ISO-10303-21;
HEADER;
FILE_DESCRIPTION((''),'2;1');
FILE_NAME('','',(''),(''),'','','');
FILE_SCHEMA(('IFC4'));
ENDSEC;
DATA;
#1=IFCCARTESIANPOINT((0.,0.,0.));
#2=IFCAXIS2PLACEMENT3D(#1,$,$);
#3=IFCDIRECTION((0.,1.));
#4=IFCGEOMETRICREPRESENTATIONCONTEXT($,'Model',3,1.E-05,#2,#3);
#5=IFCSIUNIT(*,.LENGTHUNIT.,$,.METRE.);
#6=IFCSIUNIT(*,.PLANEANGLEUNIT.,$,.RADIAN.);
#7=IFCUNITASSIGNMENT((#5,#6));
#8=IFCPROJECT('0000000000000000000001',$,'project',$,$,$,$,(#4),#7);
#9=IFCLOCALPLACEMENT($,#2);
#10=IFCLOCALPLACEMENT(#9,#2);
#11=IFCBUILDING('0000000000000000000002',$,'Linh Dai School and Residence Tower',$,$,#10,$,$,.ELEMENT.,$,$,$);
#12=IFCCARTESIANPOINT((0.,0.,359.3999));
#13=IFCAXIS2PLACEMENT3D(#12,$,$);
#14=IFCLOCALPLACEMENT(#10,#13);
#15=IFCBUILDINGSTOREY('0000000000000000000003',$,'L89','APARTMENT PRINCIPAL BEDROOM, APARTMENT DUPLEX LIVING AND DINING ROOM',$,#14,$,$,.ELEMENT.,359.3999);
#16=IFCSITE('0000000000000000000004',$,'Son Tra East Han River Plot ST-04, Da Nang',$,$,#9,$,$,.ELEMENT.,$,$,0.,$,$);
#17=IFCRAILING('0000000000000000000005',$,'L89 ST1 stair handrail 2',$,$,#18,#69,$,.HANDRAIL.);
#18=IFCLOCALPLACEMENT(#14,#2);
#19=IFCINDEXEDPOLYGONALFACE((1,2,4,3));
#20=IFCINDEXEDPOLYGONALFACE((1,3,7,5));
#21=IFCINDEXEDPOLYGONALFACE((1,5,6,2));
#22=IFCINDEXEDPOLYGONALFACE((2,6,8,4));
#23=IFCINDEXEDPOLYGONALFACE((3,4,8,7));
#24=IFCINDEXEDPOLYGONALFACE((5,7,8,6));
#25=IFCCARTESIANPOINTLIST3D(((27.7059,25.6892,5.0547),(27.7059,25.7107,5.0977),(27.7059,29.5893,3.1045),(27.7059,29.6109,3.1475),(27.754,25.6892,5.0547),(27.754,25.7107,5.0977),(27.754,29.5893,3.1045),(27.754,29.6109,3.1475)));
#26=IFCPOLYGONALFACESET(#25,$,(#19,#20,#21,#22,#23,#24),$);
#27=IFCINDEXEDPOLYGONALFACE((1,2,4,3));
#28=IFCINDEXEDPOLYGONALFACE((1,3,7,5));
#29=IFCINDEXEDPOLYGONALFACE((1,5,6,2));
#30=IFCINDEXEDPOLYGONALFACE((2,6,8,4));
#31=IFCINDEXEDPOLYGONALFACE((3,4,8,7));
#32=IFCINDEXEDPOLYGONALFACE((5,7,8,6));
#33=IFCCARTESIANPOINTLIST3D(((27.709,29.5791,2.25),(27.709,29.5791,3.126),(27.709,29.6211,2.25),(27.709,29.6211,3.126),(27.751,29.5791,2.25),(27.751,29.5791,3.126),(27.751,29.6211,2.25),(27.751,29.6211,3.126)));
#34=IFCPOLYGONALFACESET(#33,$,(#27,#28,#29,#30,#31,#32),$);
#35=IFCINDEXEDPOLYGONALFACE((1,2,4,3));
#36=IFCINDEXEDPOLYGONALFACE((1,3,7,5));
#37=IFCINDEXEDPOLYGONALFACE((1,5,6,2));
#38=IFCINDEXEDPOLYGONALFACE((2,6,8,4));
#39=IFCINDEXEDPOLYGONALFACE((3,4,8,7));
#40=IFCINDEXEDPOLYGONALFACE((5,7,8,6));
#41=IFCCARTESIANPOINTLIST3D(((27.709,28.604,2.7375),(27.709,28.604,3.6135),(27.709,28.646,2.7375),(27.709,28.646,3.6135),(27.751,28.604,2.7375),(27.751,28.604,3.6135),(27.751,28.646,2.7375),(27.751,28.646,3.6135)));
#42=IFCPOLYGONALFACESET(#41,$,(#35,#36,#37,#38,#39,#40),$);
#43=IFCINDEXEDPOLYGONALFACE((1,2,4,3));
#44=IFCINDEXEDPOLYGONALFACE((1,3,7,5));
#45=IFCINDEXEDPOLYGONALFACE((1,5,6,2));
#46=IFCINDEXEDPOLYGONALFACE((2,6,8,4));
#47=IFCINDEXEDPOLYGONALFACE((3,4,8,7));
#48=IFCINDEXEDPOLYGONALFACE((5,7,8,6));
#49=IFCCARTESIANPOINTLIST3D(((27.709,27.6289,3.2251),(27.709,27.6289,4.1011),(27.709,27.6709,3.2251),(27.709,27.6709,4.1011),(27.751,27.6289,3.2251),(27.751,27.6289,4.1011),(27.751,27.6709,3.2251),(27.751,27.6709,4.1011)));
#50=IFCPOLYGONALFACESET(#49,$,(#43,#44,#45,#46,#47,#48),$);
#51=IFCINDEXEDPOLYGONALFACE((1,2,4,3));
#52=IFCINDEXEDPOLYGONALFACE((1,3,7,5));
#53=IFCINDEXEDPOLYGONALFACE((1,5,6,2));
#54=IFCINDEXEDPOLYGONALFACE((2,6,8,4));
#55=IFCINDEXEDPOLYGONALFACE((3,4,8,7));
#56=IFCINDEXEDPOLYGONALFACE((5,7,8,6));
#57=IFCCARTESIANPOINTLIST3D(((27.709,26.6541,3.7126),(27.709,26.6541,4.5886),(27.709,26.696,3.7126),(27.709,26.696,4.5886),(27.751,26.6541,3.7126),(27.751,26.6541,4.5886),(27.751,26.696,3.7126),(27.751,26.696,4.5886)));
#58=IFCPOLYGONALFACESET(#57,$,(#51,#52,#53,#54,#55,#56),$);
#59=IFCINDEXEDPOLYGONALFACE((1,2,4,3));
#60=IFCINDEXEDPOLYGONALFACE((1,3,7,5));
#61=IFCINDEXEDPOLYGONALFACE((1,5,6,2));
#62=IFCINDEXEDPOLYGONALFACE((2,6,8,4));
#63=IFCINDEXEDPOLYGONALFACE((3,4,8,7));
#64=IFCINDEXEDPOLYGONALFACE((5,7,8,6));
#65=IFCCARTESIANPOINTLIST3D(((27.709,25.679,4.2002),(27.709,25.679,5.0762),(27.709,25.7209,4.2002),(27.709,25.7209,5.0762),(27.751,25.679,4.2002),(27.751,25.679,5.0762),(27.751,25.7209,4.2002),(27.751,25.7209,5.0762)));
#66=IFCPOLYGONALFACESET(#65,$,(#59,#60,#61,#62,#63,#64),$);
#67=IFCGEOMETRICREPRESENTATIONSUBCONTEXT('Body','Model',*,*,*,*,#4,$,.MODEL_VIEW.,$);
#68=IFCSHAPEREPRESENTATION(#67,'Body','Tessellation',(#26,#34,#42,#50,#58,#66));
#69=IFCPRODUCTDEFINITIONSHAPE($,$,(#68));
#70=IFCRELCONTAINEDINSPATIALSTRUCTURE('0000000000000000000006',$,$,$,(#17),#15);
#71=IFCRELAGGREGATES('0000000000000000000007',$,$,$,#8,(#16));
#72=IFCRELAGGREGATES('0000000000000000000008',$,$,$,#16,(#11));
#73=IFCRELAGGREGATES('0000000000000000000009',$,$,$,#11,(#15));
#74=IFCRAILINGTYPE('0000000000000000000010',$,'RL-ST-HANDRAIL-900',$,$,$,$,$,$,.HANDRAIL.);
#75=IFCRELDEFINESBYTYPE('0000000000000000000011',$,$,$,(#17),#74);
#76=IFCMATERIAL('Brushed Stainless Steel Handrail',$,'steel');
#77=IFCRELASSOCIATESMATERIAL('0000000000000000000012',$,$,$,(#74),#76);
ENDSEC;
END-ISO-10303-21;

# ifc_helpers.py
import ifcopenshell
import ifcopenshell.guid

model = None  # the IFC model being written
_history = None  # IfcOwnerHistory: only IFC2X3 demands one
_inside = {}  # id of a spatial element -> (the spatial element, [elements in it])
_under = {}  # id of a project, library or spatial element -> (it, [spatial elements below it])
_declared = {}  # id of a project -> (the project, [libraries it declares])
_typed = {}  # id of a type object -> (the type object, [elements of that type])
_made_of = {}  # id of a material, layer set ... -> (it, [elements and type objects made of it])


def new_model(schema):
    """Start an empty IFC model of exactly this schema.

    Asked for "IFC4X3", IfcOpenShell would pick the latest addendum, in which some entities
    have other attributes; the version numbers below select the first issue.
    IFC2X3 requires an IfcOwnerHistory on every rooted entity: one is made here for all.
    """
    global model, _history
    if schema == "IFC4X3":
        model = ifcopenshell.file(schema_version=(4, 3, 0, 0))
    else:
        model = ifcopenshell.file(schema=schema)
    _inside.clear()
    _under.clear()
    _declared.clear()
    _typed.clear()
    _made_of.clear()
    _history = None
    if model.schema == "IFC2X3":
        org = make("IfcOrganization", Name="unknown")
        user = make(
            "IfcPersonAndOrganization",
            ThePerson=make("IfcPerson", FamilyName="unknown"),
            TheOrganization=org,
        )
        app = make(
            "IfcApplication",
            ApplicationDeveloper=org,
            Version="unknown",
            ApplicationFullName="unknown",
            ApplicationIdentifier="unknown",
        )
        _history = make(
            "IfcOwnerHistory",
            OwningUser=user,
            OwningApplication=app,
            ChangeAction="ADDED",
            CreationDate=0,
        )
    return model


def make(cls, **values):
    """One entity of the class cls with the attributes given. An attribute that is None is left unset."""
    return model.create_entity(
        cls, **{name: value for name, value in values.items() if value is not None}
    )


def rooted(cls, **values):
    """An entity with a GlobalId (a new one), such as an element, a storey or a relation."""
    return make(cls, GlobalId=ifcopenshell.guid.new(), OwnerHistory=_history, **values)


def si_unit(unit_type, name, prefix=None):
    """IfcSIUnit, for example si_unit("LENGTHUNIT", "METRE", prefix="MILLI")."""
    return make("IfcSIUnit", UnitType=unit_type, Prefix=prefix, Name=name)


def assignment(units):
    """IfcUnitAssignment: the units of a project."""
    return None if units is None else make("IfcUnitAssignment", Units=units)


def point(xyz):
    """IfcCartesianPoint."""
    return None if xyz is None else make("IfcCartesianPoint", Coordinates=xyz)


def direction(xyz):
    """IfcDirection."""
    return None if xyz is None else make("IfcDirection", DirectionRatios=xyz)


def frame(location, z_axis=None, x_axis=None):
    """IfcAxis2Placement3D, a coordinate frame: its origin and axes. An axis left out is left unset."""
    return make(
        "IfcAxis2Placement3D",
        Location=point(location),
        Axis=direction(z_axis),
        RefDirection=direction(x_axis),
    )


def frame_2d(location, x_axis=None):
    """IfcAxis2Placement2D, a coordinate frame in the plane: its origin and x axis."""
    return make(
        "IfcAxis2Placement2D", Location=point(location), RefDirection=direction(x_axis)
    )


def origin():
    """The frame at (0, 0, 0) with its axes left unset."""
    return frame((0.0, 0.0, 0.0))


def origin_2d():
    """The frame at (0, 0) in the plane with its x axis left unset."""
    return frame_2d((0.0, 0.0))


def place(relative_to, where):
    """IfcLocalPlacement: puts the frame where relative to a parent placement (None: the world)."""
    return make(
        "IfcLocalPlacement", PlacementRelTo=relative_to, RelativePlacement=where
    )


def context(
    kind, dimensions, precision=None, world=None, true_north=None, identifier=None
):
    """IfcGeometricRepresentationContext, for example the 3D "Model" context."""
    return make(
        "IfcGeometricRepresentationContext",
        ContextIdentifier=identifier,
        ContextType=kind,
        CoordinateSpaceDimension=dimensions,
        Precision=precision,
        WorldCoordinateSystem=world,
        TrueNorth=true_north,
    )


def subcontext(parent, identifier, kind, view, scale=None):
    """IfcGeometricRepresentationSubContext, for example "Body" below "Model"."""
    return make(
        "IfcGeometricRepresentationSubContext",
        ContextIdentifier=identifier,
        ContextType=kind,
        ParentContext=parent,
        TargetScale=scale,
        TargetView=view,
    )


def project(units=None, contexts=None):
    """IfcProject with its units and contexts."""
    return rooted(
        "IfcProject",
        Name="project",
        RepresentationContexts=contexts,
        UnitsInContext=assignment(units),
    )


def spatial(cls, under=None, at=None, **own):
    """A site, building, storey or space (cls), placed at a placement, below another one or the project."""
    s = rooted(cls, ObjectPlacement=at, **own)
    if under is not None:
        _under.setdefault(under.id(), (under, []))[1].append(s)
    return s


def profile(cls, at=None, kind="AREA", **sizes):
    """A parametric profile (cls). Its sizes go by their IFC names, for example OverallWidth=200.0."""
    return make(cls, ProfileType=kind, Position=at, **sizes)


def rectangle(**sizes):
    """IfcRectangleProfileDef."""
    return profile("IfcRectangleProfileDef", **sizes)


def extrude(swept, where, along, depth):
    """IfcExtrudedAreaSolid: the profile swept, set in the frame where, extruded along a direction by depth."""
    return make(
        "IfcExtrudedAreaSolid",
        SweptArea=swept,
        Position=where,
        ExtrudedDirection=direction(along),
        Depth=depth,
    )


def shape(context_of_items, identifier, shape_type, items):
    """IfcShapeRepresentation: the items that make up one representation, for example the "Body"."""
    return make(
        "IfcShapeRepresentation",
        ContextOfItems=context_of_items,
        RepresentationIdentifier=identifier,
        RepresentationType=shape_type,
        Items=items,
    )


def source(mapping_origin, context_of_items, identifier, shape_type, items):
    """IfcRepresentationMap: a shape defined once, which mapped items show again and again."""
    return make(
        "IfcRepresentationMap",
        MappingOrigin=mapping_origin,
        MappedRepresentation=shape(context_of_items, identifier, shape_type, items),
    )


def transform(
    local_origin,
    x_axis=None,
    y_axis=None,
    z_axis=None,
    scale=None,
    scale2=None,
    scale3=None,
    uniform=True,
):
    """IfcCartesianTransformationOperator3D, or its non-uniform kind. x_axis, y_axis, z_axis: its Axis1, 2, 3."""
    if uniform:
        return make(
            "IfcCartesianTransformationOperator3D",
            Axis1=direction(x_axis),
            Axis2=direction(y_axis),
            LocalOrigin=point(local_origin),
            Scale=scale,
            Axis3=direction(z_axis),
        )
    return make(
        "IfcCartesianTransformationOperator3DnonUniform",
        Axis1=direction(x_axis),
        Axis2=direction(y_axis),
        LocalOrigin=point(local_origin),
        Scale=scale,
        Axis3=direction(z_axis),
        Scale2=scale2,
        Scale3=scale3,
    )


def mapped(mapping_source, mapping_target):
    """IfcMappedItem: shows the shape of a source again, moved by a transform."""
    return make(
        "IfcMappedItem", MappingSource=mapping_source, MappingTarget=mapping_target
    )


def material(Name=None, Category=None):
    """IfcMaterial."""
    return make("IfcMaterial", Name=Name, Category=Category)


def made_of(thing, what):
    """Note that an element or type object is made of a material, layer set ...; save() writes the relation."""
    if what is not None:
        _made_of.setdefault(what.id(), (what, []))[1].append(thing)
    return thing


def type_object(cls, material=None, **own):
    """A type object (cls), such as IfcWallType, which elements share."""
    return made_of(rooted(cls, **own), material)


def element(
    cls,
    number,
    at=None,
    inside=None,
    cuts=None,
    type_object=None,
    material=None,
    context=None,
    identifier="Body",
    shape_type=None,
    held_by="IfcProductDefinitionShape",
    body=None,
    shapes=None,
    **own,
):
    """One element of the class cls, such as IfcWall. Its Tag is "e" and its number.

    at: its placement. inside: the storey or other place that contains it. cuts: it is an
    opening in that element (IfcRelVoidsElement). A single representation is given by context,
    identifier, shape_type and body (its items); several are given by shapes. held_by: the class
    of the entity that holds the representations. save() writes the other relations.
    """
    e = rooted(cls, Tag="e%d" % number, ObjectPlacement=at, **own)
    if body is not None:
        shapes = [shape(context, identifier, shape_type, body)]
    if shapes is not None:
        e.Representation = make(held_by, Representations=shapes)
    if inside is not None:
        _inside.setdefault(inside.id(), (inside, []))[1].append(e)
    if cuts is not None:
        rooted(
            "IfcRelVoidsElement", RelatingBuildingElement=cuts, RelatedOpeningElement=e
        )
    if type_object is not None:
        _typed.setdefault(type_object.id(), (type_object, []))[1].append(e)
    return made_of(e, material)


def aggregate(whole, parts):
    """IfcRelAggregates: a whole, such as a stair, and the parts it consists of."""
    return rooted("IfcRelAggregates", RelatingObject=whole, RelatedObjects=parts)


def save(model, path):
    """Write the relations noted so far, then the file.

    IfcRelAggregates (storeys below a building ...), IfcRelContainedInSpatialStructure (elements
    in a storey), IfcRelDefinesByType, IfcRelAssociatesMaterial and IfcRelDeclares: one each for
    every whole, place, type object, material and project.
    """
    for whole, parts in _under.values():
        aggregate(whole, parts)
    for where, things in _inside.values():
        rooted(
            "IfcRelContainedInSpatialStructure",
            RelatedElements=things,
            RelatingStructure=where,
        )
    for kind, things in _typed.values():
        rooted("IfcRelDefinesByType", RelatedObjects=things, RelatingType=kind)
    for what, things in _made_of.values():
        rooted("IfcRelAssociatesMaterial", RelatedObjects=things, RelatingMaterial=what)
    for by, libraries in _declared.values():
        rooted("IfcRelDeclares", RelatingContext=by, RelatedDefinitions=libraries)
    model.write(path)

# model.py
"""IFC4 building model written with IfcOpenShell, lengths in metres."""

from ifc_helpers import new_model, si_unit, direction, frame, origin, origin_2d, place, context, subcontext, project, spatial, rectangle, extrude, source, transform, mapped, material, type_object, element, save


model = new_model("IFC4")

# Units and contexts
model_context = context("Model", 3, precision=1e-05, world=origin(), true_north=direction((0.0, 1.0)))
body_context = subcontext(model_context, "Body", "Model", "MODEL_VIEW")
ifc_project = project(units=[si_unit("LENGTHUNIT", "METRE"), si_unit("PLANEANGLEUNIT", "RADIAN")], contexts=[model_context])

# Site, building, storey
site_placement = place(None, origin())
site = spatial("IfcSite", under=ifc_project, at=site_placement, Name="Son Tra East Han River Plot ST-04, Da Nang", CompositionType="ELEMENT", RefElevation=0.0)
building_placement = place(site_placement, origin())
building = spatial("IfcBuilding", under=site, at=building_placement, Name="Linh Dai School and Residence Tower", CompositionType="ELEMENT")
storey_placement = place(building_placement, frame((0.0, 0.0, 359.3999)))
storey = spatial("IfcBuildingStorey", under=building, at=storey_placement, Name="L89", Description="APARTMENT PRINCIPAL BEDROOM, APARTMENT DUPLEX LIVING AND DINING ROOM", CompositionType="ELEMENT", Elevation=359.3999)

# Railing
ifc_material_1 = material(Name="Brushed Stainless Steel Handrail", Category="steel")
railing_type_1 = type_object("IfcRailingType", Name="RL-ST-HANDRAIL-900", PredefinedType="HANDRAIL", material=ifc_material_1)
shared_shape_1 = source(origin(), body_context, "Body", "SweptSolid", [
    extrude(rectangle(XDim=0.0481, YDim=0.0481, at=origin_2d()), frame((0.0, 0.0, 0.876), z_axis=(0.0, -0.894416, 0.447236), x_axis=(1.0, 0.0, 0.0)), (0.0, 0.0, 1.0), 4.3606),
    extrude(rectangle(XDim=0.042, YDim=0.042, at=origin_2d()), origin(), (0.0, 0.0, 1.0), 0.876),
    extrude(rectangle(XDim=0.042, YDim=0.042, at=origin_2d()), frame((0.0, -0.9751, 0.4875)), (0.0, 0.0, 1.0), 0.876),
    extrude(rectangle(XDim=0.042, YDim=0.042, at=origin_2d()), frame((0.0, -1.9502, 0.9751)), (0.0, 0.0, 1.0), 0.876),
    extrude(rectangle(XDim=0.042, YDim=0.042, at=origin_2d()), frame((0.0, -2.925, 1.4626)), (0.0, 0.0, 1.0), 0.876),
    extrude(rectangle(XDim=0.042, YDim=0.042, at=origin_2d()), frame((0.0, -3.9001, 1.9502)), (0.0, 0.0, 1.0), 0.876),
])
railing_1_placement = place(storey_placement, frame((27.73, 29.6001, 2.25)))
element("IfcRailing", 1, at=railing_1_placement, inside=storey, type_object=railing_type_1, Name="L89 ST1 stair handrail 2", PredefinedType="HANDRAIL", context=body_context, shape_type="MappedRepresentation", body=[
    mapped(shared_shape_1, transform((0.0, 0.0, 0.0), x_axis=(1.0, 0.0, 0.0), y_axis=(0.0, 1.0, 0.0), z_axis=(0.0, 0.0, 1.0), scale=1.0)),
])

save(model, "model.ifc")
